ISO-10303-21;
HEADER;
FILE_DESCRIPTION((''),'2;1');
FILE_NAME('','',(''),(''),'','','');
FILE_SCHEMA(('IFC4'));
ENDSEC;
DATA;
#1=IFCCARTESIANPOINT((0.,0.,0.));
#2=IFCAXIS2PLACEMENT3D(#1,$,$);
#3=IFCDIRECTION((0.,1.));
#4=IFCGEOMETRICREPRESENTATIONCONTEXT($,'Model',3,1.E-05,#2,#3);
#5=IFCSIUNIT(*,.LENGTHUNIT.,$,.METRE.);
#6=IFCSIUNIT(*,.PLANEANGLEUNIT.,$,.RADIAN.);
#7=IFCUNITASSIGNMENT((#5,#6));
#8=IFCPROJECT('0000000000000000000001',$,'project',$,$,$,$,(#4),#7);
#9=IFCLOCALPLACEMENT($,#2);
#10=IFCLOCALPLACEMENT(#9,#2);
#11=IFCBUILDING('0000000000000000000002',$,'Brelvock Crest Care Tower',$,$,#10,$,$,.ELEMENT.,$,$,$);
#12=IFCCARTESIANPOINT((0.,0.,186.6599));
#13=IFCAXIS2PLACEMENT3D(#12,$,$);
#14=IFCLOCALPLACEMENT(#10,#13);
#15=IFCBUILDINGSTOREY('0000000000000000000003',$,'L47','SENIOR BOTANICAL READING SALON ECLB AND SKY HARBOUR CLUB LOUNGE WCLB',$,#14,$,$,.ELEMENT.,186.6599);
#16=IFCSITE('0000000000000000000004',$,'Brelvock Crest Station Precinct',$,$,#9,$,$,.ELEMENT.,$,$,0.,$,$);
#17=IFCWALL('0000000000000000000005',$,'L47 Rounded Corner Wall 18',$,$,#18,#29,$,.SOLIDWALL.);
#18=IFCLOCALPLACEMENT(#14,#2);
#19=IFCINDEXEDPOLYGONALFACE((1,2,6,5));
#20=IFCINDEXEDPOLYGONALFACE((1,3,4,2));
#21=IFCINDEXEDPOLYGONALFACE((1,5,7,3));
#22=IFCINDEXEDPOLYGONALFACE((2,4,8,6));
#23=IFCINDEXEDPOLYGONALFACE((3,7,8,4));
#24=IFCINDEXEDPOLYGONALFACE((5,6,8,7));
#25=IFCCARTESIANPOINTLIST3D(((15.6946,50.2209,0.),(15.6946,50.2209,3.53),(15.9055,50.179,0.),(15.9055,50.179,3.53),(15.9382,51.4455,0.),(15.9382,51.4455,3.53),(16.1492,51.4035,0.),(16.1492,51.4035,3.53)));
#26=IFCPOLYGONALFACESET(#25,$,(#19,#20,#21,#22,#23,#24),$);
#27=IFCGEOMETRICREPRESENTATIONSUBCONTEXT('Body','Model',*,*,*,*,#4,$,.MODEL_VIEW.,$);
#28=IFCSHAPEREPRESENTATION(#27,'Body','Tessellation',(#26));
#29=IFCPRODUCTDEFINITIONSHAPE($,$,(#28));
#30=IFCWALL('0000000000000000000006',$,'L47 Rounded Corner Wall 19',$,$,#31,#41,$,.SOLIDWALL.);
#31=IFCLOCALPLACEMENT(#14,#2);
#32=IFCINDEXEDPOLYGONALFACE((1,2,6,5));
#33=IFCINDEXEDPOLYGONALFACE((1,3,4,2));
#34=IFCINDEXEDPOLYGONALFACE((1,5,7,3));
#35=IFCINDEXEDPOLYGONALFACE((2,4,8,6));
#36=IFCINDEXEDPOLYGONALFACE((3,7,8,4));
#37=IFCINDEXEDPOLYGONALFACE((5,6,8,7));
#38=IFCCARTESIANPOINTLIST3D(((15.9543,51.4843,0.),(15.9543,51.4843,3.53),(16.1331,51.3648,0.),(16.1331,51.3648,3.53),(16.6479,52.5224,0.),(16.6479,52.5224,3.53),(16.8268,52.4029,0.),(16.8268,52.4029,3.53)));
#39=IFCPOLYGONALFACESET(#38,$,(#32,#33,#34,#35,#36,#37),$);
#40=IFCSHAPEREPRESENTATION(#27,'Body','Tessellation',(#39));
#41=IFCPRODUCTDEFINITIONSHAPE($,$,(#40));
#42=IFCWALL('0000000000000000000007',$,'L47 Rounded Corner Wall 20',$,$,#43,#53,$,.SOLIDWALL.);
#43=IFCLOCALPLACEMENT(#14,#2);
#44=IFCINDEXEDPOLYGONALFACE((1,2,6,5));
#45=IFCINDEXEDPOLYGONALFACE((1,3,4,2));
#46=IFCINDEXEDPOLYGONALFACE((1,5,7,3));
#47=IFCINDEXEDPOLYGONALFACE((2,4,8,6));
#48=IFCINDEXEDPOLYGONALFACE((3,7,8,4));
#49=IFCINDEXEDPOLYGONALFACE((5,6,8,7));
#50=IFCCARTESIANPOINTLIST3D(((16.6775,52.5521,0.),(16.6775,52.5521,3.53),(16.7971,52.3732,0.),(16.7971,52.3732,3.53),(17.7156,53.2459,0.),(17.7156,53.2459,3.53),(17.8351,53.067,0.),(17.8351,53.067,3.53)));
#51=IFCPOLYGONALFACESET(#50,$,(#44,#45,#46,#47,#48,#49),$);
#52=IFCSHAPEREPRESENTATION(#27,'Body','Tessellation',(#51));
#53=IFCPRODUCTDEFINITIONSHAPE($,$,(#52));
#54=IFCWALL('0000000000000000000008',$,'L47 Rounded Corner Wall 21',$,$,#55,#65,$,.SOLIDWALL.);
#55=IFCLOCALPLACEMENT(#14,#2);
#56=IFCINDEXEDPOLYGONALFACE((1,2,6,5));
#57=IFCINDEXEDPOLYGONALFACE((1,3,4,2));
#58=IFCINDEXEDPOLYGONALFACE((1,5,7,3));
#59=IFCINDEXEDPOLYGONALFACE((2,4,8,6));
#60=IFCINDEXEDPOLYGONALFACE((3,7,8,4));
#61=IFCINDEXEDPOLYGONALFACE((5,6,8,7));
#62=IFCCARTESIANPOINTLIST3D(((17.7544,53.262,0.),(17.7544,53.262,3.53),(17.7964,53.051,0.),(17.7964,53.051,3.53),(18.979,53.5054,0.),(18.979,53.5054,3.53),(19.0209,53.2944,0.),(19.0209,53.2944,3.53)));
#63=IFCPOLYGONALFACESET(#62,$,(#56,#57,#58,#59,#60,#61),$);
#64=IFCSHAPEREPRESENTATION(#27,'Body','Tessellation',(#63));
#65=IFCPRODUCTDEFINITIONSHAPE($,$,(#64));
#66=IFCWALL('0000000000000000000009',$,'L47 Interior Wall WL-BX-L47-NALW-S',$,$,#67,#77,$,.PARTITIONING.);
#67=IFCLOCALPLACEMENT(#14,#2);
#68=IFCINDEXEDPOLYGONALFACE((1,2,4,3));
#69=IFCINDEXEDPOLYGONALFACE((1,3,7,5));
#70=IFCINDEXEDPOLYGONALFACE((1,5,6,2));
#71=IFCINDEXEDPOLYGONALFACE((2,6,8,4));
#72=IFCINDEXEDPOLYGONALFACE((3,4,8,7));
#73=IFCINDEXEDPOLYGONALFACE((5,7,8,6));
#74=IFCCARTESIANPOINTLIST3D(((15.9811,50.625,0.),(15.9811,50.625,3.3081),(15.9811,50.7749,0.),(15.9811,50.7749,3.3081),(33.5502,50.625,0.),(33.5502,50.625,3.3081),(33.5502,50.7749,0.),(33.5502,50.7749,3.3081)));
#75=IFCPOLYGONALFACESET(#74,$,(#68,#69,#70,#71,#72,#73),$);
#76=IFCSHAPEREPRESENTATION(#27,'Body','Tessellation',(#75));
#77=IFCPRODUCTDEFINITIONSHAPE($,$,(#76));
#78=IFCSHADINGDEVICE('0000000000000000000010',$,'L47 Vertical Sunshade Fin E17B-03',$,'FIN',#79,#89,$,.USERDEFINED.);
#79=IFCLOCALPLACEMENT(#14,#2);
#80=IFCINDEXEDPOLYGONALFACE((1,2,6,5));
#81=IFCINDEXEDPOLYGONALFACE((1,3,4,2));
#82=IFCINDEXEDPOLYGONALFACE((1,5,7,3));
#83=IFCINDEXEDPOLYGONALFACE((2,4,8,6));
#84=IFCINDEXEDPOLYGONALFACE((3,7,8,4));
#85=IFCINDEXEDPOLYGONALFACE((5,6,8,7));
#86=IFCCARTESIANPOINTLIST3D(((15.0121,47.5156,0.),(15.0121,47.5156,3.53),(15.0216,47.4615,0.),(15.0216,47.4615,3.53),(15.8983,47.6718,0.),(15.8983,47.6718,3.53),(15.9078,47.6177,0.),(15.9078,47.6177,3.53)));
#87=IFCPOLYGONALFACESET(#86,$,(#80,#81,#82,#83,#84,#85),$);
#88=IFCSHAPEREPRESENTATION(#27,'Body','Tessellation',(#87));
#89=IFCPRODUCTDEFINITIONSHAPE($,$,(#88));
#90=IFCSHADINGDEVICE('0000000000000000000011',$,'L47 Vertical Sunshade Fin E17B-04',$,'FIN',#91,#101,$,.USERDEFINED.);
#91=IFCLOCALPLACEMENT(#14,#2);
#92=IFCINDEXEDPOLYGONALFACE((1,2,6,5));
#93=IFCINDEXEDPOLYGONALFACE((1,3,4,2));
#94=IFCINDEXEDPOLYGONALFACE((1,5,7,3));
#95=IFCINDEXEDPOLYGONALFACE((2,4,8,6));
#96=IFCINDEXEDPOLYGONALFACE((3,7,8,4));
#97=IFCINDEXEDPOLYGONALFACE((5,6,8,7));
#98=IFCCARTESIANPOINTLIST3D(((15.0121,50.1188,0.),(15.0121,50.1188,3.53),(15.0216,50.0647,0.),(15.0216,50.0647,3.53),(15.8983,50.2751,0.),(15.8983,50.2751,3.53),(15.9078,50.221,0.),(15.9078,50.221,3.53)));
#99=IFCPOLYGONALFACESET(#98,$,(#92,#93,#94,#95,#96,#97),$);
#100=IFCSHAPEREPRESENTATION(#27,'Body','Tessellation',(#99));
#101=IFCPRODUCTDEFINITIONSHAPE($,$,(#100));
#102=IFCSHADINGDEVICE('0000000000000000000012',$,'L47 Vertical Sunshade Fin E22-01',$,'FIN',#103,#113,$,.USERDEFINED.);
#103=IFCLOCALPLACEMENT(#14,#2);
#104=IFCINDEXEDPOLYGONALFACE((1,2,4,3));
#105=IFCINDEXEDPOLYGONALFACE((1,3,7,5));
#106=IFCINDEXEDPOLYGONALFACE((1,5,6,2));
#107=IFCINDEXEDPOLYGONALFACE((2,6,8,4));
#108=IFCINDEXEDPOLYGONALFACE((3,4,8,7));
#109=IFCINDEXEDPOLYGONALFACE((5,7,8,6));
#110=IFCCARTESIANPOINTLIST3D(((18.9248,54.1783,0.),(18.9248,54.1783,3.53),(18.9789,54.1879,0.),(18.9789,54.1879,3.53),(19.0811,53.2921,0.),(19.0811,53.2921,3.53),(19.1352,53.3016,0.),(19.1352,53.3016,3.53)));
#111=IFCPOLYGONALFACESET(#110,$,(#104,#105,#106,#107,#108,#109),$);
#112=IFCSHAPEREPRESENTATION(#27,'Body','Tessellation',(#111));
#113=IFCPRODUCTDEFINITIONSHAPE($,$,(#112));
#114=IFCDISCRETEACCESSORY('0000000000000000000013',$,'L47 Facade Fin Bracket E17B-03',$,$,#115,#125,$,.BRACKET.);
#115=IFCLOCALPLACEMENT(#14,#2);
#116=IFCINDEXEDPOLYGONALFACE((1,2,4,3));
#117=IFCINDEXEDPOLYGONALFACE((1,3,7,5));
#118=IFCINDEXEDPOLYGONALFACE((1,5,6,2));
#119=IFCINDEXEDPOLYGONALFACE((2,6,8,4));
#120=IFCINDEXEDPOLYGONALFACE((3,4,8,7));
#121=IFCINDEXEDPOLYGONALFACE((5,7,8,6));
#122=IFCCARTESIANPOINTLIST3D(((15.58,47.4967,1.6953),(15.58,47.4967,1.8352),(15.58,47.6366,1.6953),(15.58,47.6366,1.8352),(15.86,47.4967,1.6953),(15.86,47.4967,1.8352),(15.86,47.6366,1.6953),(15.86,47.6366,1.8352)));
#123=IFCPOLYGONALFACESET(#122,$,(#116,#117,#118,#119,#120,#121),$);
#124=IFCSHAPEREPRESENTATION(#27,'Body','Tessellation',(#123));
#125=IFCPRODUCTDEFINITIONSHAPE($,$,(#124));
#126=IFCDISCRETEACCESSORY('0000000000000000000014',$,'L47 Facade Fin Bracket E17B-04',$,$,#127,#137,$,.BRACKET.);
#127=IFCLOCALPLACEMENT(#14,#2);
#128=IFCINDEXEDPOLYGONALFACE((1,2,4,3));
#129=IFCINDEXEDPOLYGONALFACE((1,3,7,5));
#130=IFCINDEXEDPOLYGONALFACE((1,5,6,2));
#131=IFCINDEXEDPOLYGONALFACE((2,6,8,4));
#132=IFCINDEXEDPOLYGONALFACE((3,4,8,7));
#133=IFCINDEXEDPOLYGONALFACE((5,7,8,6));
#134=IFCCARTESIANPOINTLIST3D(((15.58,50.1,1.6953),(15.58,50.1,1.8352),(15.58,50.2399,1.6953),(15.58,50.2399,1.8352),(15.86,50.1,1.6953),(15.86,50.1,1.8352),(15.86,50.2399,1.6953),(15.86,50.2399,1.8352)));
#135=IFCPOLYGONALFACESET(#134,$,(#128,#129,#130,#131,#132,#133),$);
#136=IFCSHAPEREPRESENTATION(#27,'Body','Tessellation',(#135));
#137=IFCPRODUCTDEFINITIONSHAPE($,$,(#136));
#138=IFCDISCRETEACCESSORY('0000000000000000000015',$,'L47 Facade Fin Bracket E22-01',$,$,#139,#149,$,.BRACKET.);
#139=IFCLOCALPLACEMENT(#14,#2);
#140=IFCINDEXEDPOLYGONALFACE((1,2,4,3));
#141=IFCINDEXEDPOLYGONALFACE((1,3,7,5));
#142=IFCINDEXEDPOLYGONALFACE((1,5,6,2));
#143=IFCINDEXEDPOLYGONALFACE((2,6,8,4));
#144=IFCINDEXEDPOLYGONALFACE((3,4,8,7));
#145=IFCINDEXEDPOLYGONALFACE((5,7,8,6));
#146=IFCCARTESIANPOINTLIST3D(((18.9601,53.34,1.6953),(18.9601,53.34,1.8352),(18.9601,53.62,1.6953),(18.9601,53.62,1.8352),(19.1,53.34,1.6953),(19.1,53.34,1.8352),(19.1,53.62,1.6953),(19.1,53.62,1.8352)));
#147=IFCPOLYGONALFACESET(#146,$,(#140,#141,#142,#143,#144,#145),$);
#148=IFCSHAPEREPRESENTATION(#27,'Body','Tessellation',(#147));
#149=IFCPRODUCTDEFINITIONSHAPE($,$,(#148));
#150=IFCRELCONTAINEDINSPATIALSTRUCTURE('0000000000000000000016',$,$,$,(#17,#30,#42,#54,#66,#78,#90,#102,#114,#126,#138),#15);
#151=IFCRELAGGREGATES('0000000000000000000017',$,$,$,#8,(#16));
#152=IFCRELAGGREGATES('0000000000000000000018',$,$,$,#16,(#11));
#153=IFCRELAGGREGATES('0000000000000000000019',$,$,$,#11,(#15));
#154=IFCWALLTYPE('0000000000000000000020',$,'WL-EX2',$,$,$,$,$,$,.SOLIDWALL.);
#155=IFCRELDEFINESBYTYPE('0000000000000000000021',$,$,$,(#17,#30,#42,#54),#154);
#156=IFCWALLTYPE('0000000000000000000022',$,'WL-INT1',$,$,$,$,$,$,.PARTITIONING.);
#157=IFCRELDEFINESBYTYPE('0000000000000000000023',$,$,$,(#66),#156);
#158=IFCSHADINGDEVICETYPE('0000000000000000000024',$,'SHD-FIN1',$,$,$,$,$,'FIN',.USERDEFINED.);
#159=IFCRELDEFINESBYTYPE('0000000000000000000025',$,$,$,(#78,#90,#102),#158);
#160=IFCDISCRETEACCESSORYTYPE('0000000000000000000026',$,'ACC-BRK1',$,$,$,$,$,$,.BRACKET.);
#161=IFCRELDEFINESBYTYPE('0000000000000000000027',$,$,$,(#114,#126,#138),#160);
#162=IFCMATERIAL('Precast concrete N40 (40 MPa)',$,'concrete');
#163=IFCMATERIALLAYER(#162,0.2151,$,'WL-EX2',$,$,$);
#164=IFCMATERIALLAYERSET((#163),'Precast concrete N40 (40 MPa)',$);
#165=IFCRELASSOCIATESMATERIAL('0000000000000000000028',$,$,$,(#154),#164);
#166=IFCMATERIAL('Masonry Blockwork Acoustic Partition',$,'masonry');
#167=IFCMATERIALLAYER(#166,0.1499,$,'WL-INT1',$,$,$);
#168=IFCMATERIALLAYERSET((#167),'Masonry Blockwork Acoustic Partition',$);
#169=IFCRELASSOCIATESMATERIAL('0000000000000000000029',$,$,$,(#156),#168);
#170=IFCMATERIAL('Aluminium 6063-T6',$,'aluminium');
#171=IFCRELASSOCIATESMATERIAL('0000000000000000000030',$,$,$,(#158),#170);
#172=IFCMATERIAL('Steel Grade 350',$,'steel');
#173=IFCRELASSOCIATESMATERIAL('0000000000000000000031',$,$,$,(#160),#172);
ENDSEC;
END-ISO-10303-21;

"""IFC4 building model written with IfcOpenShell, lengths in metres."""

from ifc_helpers import new_model, si_unit, direction, frame, frame_2d, origin, origin_2d, place, context, subcontext, project, spatial, rectangle, extrude, source, transform, mapped, material, layer, layer_set, material_profile, profile_set, type_object, element, save


model = new_model("IFC4")

# Units and contexts
model_context = context("Model", 3, precision=1e-05, world=origin(), true_north=direction((0.0, 1.0)))
body_context = subcontext(model_context, "Body", "Model", "MODEL_VIEW")
ifc_project = project(units=[si_unit("LENGTHUNIT", "METRE"), si_unit("PLANEANGLEUNIT", "RADIAN")], contexts=[model_context])

# Site, building, storey
site_placement = place(None, origin())
site = spatial("IfcSite", under=ifc_project, at=site_placement, Name="Brelvock Crest Station Precinct", CompositionType="ELEMENT", RefElevation=0.0)
building_placement = place(site_placement, origin())
building = spatial("IfcBuilding", under=site, at=building_placement, Name="Brelvock Crest Care Tower", CompositionType="ELEMENT")
storey_placement = place(building_placement, frame((0.0, 0.0, 186.6599)))
storey = spatial("IfcBuildingStorey", under=building, at=storey_placement, Name="L47", Description="SENIOR BOTANICAL READING SALON ECLB AND SKY HARBOUR CLUB LOUNGE WCLB", CompositionType="ELEMENT", Elevation=186.6599)

# Shared definitions
ifc_material_1 = material(Name="Steel Grade 350", Category="steel")

# Shared definitions
ifc_material_2 = material(Name="Aluminium 6063-T6", Category="aluminium")

# Walls
ifc_material_3 = material(Name="Precast concrete N40 (40 MPa)", Category="concrete")
ifc_layer_1 = layer(ifc_material_3, 0.2151, Name="WL-EX2")
ifc_layer_set_1 = layer_set([ifc_layer_1], Name="Precast concrete N40 (40 MPa)")
wall_type_1 = type_object("IfcWallType", Name="WL-EX2", PredefinedType="SOLIDWALL", material=ifc_layer_set_1)
for number, where, z_axis, x_axis, name in (
    (1, (15.8, 50.2, 0.0), (0.0, 0.0, 1.0), (0.195138, 0.980776, 0.0), "L47 Rounded Corner Wall 18"),
    (2, (16.0437, 51.4246, 0.0), (0.0, 0.0, 1.0), (0.555557, 0.831478, 0.0), "L47 Rounded Corner Wall 19"),
    (3, (16.7373, 52.4626, 0.0), (0.0, 0.0, 1.0), (0.831388, 0.555692, 0.0), "L47 Rounded Corner Wall 20"),
    (4, (17.7754, 53.1565, 0.0), (0.0, 0.0, 1.0), (0.980813, 0.19495, 0.0), "L47 Rounded Corner Wall 21"),
):
    element("IfcWall", number, at=place(storey_placement, frame(where, z_axis=z_axis, x_axis=x_axis)), inside=storey, type_object=wall_type_1, Name=name, PredefinedType="SOLIDWALL", context=body_context, shape_type="SweptSolid", body=[
        extrude(rectangle(XDim=1.2485, YDim=0.2151, at=frame_2d((0.6243, 0.0))), origin(), (0.0, 0.0, 1.0), 3.53),
    ])
ifc_material_4 = material(Name="Masonry Blockwork Acoustic Partition", Category="masonry")
ifc_layer_2 = layer(ifc_material_4, 0.1499, Name="WL-INT1")
ifc_layer_set_2 = layer_set([ifc_layer_2], Name="Masonry Blockwork Acoustic Partition")
wall_type_2 = type_object("IfcWallType", Name="WL-INT1", PredefinedType="PARTITIONING", material=ifc_layer_set_2)
wall_placement = place(storey_placement, frame((15.981, 50.7, 0.0), z_axis=(0.0, 0.0, 1.0), x_axis=(1.0, 0.0, 0.0)))
element("IfcWall", 5, at=wall_placement, inside=storey, type_object=wall_type_2, Name="L47 Interior Wall WL-BX-L47-NALW-S", PredefinedType="PARTITIONING", context=body_context, shape_type="SweptSolid", body=[
    extrude(rectangle(XDim=17.5691, YDim=0.1499, at=frame_2d((8.7847, 0.0))), origin(), (0.0, 0.0, 1.0), 3.3081),
])

# Shading devices
ifc_material_profile_1 = material_profile(ifc_material_2, rectangle(XDim=0.0549, YDim=0.8999, at=origin_2d()), Name="FIN55x900")
ifc_profile_set_1 = profile_set([ifc_material_profile_1], Name="Aluminium 6063-T6")
shading_device_type = type_object("IfcShadingDeviceType", Name="SHD-FIN1", ElementType="FIN", PredefinedType="USERDEFINED", material=ifc_profile_set_1)
shared_shape_1 = source(origin(), body_context, "Body", "SweptSolid", [
    extrude(rectangle(XDim=0.0549, YDim=0.8999, at=origin_2d()), origin(), (0.0, 0.0, 1.0), 3.53),
])
for number, where, z_axis, x_axis, name in (
    (6, (15.46, 47.5667, 0.0), (0.0, 0.0, 1.0), (-0.173648, 0.984808, 0.0), "L47 Vertical Sunshade Fin E17B-03"),
    (7, (15.46, 50.1699, 0.0), (0.0, 0.0, 1.0), (-0.173648, 0.984808, 0.0), "L47 Vertical Sunshade Fin E17B-04"),
    (8, (19.03, 53.74, 0.0), (0.0, 0.0, 1.0), (0.984808, 0.173648, 0.0), "L47 Vertical Sunshade Fin E22-01"),
):
    element("IfcShadingDevice", number, at=place(storey_placement, frame(where, z_axis=z_axis, x_axis=x_axis)), inside=storey, type_object=shading_device_type, Name=name, ObjectType="FIN", PredefinedType="USERDEFINED", context=body_context, shape_type="MappedRepresentation", body=[
        mapped(shared_shape_1, transform((0.0, 0.0, 0.0), x_axis=(1.0, 0.0, 0.0), y_axis=(0.0, 1.0, 0.0), z_axis=(0.0, 0.0, 1.0), scale=1.0)),
    ])

# Discrete accessories
discrete_accessory_type = type_object("IfcDiscreteAccessoryType", Name="ACC-BRK1", PredefinedType="BRACKET", material=ifc_material_1)
shared_shape_2 = source(origin(), body_context, "Body", "SweptSolid", [
    extrude(rectangle(XDim=0.28, YDim=0.1399, at=origin_2d()), origin(), (0.0, 0.0, 1.0), 0.1399),
])
for number, where, z_axis, x_axis, name in (
    (9, (15.72, 47.5667, 1.6953), (0.0, 0.0, 1.0), (-1.0, 0.0, 0.0), "L47 Facade Fin Bracket E17B-03"),
    (10, (15.72, 50.1699, 1.6953), (0.0, 0.0, 1.0), (-1.0, 0.0, 0.0), "L47 Facade Fin Bracket E17B-04"),
    (11, (19.03, 53.48, 1.6953), (0.0, 0.0, 1.0), (0.0, 1.0, 0.0), "L47 Facade Fin Bracket E22-01"),
):
    element("IfcDiscreteAccessory", number, at=place(storey_placement, frame(where, z_axis=z_axis, x_axis=x_axis)), inside=storey, type_object=discrete_accessory_type, Name=name, PredefinedType="BRACKET", context=body_context, shape_type="MappedRepresentation", body=[
        mapped(shared_shape_2, transform((0.0, 0.0, 0.0), x_axis=(1.0, 0.0, 0.0), y_axis=(0.0, 1.0, 0.0), z_axis=(0.0, 0.0, 1.0), scale=1.0)),
    ])

save(model, "model.ifc")
